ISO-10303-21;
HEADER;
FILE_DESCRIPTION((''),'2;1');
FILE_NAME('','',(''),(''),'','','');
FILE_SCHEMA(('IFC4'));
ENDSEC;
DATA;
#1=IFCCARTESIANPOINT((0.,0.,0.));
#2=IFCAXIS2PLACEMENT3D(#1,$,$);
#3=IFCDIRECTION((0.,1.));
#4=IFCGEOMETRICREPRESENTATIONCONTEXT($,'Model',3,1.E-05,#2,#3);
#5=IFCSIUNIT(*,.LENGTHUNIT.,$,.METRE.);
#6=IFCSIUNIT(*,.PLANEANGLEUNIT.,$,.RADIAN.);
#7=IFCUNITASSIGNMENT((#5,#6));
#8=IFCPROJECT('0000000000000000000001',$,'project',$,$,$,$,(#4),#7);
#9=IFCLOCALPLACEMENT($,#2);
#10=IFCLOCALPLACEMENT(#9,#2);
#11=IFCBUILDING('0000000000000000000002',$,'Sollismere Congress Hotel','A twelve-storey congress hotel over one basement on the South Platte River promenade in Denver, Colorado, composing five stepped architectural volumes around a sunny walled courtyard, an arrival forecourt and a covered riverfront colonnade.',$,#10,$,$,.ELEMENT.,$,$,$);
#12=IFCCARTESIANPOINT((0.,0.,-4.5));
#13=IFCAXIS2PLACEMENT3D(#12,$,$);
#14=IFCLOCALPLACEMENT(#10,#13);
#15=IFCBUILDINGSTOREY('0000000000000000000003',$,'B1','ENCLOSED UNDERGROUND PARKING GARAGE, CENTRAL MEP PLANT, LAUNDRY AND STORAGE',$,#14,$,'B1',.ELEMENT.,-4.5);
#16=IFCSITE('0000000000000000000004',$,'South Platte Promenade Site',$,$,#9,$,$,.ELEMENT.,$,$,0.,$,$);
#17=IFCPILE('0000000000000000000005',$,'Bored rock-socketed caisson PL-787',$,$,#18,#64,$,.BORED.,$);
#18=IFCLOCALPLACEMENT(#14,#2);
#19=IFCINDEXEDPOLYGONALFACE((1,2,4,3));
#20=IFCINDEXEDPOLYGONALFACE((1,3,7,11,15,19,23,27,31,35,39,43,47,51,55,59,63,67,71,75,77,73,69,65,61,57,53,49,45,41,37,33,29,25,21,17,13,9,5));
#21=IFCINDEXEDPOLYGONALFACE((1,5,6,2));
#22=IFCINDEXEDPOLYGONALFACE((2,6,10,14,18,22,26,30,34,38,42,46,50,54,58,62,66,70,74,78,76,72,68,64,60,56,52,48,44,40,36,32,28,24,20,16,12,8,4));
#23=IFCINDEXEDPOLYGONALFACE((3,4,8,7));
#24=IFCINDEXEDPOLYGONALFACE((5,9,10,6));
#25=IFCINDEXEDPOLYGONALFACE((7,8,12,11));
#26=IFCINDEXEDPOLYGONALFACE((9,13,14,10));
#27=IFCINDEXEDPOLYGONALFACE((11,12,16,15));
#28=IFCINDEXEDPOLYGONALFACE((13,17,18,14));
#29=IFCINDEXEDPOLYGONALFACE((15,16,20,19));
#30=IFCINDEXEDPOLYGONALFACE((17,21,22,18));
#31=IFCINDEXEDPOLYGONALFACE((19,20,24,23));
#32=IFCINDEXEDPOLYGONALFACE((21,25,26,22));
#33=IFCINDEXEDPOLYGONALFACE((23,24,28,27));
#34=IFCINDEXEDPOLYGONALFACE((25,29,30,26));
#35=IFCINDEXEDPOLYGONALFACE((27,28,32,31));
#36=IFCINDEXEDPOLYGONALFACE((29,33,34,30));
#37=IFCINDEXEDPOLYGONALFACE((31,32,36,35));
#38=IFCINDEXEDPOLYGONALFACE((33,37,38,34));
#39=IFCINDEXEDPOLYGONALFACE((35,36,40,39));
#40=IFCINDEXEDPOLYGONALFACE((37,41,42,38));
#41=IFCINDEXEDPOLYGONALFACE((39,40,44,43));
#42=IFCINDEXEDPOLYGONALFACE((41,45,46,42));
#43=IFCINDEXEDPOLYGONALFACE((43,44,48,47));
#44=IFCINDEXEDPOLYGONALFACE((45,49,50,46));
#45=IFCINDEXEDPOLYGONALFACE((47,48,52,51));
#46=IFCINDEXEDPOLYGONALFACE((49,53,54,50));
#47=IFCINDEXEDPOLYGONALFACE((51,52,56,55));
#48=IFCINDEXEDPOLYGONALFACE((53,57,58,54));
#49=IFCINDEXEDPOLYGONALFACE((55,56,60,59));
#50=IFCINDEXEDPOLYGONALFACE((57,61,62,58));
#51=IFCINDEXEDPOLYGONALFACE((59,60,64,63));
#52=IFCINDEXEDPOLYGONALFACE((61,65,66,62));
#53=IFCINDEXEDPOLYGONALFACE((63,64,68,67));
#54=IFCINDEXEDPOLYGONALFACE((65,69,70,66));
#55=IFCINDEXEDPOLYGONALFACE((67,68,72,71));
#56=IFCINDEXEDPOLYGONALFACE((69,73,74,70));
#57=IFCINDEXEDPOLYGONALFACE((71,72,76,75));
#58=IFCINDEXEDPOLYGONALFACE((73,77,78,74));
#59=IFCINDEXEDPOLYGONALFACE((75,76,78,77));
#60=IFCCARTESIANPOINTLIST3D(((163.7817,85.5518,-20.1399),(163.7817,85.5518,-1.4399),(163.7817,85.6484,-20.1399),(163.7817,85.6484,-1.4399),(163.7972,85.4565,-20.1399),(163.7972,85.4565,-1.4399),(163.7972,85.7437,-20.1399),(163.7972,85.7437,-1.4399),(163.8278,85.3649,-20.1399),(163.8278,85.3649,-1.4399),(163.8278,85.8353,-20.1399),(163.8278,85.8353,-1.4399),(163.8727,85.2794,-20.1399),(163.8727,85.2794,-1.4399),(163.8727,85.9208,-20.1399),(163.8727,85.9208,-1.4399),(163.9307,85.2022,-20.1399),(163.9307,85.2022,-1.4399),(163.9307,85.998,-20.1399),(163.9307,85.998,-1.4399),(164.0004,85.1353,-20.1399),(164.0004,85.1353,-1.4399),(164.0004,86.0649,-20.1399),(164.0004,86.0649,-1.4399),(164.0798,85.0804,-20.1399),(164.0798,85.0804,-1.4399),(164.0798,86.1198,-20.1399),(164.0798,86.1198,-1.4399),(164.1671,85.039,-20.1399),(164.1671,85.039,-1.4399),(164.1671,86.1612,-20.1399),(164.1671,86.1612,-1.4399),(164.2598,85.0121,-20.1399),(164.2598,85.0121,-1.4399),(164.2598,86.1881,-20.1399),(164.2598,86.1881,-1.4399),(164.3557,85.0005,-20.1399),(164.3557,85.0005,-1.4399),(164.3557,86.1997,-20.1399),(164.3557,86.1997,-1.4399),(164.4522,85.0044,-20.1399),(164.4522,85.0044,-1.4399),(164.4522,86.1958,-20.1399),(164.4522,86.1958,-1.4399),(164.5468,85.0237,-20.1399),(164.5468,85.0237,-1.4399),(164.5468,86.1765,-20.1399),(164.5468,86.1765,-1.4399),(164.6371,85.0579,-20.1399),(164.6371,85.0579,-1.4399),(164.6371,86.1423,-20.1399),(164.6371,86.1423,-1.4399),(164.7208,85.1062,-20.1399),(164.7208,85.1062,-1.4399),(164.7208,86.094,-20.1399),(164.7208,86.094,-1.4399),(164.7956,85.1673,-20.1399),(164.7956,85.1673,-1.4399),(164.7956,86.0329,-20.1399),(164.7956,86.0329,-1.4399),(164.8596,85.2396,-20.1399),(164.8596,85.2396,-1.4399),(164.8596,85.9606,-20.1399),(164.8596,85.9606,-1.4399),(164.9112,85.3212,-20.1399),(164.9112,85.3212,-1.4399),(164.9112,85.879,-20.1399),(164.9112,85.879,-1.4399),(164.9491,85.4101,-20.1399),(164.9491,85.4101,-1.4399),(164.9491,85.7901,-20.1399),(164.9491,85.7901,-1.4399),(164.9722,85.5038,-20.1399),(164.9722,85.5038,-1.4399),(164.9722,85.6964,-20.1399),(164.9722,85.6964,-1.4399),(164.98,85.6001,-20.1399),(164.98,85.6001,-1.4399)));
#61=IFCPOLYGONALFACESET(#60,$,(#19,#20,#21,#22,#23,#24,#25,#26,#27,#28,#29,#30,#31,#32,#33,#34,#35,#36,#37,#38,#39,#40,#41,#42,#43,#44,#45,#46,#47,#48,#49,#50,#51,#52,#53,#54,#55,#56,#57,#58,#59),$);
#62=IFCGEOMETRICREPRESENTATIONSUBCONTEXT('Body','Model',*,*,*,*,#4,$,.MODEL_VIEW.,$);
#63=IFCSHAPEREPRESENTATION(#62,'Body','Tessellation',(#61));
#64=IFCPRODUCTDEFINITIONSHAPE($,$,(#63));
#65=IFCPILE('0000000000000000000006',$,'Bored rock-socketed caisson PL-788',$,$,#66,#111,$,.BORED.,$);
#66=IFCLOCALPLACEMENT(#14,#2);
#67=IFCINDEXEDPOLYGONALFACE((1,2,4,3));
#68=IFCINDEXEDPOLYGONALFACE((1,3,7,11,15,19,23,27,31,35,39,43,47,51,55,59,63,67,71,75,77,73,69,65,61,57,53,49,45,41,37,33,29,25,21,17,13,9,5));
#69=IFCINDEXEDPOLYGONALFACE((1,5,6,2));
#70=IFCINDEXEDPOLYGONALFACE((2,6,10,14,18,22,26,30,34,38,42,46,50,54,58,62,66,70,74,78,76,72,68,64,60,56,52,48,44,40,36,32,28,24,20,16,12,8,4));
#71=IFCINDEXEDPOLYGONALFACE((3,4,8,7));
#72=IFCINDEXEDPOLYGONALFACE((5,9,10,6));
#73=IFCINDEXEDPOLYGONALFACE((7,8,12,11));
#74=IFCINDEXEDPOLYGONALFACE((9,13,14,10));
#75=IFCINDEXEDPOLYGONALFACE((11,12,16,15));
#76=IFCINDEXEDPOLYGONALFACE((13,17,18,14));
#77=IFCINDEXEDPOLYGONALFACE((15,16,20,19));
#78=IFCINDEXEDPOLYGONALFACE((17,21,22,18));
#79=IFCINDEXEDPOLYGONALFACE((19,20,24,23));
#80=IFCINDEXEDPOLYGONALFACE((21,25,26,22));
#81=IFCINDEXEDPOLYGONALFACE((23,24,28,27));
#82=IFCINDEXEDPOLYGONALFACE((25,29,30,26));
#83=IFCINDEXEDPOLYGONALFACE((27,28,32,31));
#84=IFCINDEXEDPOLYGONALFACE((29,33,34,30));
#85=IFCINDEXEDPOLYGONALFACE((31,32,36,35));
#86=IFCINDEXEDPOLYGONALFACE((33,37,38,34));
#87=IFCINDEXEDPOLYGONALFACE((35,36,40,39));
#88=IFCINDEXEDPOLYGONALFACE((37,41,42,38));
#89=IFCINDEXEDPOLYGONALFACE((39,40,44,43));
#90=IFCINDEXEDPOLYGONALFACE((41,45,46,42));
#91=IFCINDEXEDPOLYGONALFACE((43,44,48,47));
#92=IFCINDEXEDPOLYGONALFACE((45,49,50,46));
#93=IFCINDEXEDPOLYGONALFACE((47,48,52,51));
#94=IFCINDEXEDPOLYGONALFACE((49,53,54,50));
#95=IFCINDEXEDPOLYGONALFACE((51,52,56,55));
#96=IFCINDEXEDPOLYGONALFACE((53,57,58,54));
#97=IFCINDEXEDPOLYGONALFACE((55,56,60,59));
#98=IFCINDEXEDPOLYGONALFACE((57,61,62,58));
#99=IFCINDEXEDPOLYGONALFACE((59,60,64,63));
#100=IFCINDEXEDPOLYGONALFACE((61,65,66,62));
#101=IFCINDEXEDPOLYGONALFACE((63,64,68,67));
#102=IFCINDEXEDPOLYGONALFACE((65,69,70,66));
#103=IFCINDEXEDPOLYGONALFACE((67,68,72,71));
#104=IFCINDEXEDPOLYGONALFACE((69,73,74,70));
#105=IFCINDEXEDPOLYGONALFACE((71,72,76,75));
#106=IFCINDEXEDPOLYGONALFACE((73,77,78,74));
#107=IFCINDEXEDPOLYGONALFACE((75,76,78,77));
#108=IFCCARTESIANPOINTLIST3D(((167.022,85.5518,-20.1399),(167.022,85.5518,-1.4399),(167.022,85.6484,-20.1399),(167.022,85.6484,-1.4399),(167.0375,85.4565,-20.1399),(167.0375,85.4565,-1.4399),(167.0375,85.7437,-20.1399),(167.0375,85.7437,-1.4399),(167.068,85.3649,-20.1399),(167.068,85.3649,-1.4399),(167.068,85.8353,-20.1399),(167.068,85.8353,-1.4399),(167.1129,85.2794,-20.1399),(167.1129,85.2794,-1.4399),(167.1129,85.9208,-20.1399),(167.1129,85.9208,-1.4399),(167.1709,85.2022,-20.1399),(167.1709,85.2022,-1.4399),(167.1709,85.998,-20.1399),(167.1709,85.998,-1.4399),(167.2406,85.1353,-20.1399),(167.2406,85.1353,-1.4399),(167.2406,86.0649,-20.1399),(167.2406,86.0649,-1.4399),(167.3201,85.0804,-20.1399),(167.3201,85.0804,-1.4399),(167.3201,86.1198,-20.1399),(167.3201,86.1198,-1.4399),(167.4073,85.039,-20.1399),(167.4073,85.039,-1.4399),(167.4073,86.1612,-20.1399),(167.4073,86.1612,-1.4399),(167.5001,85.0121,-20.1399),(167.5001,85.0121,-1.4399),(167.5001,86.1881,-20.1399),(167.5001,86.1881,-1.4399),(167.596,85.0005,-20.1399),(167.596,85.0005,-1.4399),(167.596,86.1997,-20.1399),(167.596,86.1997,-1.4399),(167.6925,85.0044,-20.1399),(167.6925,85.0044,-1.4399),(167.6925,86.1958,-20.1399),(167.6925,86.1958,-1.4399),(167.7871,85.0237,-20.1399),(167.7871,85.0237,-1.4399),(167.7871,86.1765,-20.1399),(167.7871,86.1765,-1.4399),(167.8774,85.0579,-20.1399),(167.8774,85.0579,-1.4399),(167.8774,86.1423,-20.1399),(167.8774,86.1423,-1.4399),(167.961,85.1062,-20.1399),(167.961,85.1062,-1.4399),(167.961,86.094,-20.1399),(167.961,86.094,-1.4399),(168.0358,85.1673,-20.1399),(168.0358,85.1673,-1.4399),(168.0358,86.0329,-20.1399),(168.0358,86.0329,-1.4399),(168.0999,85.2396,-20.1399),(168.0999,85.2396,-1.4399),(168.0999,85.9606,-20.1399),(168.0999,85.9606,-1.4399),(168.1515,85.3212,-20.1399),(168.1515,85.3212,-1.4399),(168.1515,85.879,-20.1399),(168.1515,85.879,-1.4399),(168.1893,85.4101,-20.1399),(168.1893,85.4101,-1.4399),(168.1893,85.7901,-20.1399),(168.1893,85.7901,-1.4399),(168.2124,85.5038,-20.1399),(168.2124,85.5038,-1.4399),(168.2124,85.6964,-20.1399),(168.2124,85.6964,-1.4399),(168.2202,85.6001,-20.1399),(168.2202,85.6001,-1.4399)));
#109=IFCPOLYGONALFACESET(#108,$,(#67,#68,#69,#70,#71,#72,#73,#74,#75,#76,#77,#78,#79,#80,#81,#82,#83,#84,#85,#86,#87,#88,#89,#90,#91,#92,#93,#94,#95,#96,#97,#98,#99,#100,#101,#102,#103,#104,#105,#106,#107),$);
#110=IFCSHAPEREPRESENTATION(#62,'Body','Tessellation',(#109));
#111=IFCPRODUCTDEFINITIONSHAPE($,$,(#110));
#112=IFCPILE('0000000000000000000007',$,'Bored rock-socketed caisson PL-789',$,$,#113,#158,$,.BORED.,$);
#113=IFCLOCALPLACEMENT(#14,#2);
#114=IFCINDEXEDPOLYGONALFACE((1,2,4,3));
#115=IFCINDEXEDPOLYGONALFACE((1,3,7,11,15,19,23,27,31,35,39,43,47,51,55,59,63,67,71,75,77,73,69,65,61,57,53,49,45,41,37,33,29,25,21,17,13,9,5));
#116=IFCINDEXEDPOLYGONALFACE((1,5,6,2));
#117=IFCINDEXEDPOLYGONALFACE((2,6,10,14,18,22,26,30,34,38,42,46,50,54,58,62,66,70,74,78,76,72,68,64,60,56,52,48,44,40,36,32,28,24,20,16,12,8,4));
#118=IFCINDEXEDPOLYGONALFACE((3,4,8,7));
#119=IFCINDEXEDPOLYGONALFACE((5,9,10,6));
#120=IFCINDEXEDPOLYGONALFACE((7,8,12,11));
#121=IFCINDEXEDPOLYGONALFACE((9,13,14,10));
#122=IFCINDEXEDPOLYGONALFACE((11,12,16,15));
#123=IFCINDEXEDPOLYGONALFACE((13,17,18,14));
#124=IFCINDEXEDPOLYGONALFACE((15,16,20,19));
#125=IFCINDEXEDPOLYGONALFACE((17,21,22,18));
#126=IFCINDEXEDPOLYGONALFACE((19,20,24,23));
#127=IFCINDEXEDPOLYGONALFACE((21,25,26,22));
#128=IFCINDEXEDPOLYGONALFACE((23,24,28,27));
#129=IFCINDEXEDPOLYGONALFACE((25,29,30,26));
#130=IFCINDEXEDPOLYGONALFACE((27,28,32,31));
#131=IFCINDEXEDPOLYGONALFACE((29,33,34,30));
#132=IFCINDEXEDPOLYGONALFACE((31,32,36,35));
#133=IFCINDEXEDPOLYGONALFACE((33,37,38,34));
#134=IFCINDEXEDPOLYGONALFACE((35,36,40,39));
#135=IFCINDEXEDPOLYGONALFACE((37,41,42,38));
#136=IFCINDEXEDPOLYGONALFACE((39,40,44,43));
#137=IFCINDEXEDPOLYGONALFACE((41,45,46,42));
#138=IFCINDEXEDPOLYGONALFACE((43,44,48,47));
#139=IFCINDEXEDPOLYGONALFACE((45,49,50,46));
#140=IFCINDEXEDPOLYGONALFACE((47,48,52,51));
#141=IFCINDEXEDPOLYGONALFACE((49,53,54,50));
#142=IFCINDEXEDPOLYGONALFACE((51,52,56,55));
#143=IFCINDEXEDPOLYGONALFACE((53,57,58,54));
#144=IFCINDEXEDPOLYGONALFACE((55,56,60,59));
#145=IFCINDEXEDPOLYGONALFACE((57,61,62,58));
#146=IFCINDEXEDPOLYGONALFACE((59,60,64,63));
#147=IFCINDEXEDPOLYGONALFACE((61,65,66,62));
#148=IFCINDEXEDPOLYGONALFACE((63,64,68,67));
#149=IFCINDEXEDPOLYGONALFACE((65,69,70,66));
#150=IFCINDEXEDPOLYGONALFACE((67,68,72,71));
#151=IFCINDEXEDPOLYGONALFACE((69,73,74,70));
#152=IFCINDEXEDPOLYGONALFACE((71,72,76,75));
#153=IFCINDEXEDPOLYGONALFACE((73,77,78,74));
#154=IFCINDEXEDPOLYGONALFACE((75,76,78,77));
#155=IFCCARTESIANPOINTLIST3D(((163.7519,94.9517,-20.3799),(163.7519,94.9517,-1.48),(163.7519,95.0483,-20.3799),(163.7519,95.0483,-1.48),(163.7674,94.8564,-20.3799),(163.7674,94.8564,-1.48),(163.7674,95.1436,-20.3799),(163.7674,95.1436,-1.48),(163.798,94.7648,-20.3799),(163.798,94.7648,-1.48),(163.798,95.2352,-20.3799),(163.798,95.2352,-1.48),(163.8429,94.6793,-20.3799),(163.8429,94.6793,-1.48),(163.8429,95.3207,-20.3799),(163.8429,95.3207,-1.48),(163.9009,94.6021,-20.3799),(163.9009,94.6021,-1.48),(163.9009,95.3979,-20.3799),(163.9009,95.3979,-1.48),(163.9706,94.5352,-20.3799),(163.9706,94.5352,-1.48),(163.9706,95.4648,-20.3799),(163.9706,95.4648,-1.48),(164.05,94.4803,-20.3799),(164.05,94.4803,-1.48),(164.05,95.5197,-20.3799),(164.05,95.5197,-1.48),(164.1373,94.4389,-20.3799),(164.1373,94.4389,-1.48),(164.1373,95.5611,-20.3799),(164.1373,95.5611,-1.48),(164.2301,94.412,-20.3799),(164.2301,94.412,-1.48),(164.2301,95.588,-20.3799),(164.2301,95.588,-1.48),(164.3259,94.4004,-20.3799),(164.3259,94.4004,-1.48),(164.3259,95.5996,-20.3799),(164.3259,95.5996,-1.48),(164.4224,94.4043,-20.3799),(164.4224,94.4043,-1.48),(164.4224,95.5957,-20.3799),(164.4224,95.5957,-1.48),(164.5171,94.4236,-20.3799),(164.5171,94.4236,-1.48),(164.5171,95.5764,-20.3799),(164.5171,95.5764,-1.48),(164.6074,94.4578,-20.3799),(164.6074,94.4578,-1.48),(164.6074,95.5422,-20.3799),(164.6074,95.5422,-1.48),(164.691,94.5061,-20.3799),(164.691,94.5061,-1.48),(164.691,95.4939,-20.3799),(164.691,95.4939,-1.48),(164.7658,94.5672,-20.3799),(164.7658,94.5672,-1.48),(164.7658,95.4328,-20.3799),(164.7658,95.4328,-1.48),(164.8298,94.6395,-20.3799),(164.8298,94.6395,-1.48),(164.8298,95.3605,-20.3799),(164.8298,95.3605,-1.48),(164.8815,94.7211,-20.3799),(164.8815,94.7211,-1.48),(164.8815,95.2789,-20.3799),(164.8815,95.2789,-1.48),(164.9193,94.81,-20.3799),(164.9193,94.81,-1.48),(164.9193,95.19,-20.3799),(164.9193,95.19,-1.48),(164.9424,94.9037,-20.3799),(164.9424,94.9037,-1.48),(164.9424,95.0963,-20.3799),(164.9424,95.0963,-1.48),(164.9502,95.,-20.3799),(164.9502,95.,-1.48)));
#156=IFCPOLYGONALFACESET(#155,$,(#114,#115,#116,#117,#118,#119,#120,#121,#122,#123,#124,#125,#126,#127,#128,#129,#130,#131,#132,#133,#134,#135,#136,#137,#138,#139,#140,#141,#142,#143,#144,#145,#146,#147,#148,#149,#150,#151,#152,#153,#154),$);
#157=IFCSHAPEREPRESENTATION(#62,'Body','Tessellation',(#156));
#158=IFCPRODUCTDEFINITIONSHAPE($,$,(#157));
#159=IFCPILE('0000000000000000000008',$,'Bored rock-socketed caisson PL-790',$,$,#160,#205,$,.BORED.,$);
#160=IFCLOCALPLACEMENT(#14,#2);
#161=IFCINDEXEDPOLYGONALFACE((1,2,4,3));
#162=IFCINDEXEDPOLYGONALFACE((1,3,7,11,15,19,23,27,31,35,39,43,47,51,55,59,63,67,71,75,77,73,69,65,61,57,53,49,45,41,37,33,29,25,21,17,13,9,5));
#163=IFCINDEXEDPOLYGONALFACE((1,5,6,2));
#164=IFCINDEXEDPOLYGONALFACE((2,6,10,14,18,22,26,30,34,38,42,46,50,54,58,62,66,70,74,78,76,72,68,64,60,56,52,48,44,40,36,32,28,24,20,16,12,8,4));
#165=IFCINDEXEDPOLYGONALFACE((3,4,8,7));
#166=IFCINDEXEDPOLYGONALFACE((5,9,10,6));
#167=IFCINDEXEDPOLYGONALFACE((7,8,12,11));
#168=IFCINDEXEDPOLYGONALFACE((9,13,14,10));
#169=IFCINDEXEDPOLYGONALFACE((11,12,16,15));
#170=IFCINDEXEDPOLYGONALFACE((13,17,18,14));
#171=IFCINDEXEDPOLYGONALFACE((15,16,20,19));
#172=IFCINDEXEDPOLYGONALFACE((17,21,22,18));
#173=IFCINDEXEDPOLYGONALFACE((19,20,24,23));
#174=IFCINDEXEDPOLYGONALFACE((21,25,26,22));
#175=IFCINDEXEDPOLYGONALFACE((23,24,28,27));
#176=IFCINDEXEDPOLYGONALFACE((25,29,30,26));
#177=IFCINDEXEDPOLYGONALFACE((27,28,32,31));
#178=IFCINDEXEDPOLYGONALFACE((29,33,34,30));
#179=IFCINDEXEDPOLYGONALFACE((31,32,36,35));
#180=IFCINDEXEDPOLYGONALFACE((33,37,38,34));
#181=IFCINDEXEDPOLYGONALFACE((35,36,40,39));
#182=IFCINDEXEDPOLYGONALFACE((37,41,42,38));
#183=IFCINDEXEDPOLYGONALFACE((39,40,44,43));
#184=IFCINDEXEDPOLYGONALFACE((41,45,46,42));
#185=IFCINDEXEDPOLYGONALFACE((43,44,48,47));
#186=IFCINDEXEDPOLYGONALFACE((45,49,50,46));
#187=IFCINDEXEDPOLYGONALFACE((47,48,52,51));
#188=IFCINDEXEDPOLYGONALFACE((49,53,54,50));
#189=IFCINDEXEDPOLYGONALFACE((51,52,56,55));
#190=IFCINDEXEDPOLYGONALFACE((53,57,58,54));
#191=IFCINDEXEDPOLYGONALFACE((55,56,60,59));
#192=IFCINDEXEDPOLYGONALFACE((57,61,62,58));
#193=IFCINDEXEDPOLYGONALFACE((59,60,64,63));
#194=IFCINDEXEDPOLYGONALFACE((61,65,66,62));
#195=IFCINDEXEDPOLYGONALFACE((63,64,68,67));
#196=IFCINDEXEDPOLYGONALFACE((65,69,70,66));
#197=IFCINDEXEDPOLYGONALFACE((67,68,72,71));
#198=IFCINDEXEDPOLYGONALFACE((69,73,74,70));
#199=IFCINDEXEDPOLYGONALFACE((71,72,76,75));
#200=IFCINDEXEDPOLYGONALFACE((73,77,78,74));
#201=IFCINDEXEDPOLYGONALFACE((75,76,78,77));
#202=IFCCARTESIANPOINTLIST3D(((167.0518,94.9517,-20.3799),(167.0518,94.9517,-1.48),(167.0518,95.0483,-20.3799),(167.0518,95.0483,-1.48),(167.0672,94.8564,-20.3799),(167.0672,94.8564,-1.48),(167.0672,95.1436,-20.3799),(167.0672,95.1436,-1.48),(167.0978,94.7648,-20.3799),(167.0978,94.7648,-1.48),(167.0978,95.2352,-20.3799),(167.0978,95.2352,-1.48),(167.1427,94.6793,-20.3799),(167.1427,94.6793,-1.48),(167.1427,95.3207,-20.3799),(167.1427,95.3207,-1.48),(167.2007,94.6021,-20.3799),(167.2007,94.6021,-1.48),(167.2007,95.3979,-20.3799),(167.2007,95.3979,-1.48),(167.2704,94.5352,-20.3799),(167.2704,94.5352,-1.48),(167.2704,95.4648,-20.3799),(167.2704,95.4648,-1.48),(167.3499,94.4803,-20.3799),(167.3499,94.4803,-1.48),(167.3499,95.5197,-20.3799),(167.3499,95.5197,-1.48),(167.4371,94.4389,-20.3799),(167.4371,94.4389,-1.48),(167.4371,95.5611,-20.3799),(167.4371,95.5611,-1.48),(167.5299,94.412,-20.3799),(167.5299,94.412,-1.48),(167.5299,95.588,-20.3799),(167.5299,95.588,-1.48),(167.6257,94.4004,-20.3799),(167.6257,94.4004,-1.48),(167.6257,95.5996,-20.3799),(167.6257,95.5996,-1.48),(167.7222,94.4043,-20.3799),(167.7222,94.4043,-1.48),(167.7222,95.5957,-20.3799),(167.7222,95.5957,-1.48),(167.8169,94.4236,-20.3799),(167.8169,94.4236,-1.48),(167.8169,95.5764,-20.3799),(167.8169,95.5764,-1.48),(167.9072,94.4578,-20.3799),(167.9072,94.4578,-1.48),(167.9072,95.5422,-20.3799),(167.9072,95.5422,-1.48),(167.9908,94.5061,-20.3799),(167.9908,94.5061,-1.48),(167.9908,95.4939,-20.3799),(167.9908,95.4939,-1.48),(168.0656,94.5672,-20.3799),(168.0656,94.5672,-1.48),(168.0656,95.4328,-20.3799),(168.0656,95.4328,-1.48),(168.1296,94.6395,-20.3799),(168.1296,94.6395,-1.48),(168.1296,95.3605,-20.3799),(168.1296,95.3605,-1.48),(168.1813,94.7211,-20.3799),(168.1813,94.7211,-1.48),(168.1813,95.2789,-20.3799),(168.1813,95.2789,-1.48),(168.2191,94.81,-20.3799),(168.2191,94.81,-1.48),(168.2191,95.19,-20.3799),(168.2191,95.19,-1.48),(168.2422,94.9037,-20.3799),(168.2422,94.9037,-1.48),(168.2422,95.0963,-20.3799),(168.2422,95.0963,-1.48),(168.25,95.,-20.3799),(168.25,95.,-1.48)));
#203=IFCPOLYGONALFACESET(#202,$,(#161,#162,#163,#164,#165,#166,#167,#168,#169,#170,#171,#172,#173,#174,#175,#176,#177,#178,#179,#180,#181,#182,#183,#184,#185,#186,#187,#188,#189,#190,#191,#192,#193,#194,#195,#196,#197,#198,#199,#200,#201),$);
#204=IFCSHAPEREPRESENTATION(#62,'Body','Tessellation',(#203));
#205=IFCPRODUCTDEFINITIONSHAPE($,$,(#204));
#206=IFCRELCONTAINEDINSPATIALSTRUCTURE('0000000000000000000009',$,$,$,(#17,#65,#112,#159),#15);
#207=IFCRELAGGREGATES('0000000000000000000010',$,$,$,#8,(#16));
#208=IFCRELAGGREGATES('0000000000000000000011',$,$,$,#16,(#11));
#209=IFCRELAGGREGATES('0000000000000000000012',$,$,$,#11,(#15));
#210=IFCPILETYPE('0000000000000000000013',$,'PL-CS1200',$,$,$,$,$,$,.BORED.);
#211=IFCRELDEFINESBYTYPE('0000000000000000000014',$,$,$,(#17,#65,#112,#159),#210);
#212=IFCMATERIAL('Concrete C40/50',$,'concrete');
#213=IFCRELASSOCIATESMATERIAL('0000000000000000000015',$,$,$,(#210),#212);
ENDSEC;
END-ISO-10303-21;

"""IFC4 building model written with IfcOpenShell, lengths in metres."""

from ifc_helpers import new_model, si_unit, direction, frame, origin, origin_2d, place, context, subcontext, project, spatial, circle, extrude, material, material_profile, profile_set, type_object, element, save


model = new_model("IFC4")

# Units and contexts
model_context = context("Model", 3, precision=1e-05, world=origin(), true_north=direction((0.0, 1.0)))
body_context = subcontext(model_context, "Body", "Model", "MODEL_VIEW")
ifc_project = project(units=[si_unit("LENGTHUNIT", "METRE"), si_unit("PLANEANGLEUNIT", "RADIAN")], contexts=[model_context])

# Site, building, storey
site_placement = place(None, origin())
site = spatial("IfcSite", under=ifc_project, at=site_placement, Name="South Platte Promenade Site", CompositionType="ELEMENT", RefElevation=0.0)
building_placement = place(site_placement, origin())
building = spatial("IfcBuilding", under=site, at=building_placement, Name="Sollismere Congress Hotel", Description="A twelve-storey congress hotel over one basement on the South Platte River promenade in Denver, Colorado, composing five stepped architectural volumes around a sunny walled courtyard, an arrival forecourt and a covered riverfront colonnade.", CompositionType="ELEMENT")
storey_placement = place(building_placement, frame((0.0, 0.0, -4.5)))
storey = spatial("IfcBuildingStorey", under=building, at=storey_placement, Name="B1", Description="ENCLOSED UNDERGROUND PARKING GARAGE, CENTRAL MEP PLANT, LAUNDRY AND STORAGE", LongName="B1", CompositionType="ELEMENT", Elevation=-4.5)

# Shared definitions
ifc_material_1 = material(Name="Concrete C40/50", Category="concrete")

# Piles
ifc_material_profile_1 = material_profile(ifc_material_1, circle(Radius=0.6001, at=origin_2d()), Name="CAISSON1200")
ifc_profile_set_1 = profile_set([ifc_material_profile_1], Name="Concrete C40/50")
pile_type = type_object("IfcPileType", Name="PL-CS1200", PredefinedType="BORED", material=ifc_profile_set_1)
for number, where, z_axis, x_axis, name in (
    (1, (164.3799, 85.6001, -1.4399), (0.0, 0.0, -1.0), (1.0, 0.0, 0.0), "Bored rock-socketed caisson PL-787"),
    (2, (167.6201, 85.6001, -1.4399), (0.0, 0.0, -1.0), (1.0, 0.0, 0.0), "Bored rock-socketed caisson PL-788"),
):
    element("IfcPile", number, at=place(storey_placement, frame(where, z_axis=z_axis, x_axis=x_axis)), inside=storey, type_object=pile_type, Name=name, PredefinedType="BORED", context=body_context, shape_type="SweptSolid", body=[
        extrude(circle(Radius=0.6001, at=origin_2d()), origin(), (0.0, 0.0, 1.0), 18.7),
    ])
for number, where, z_axis, x_axis, name in (
    (3, (164.3501, 95.0, -1.48), (0.0, 0.0, -1.0), (1.0, 0.0, 0.0), "Bored rock-socketed caisson PL-789"),
    (4, (167.6499, 95.0, -1.48), (0.0, 0.0, -1.0), (1.0, 0.0, 0.0), "Bored rock-socketed caisson PL-790"),
):
    element("IfcPile", number, at=place(storey_placement, frame(where, z_axis=z_axis, x_axis=x_axis)), inside=storey, type_object=pile_type, Name=name, PredefinedType="BORED", context=body_context, shape_type="SweptSolid", body=[
        extrude(circle(Radius=0.6001, at=origin_2d()), origin(), (0.0, 0.0, 1.0), 18.8999),
    ])

save(model, "model.ifc")
